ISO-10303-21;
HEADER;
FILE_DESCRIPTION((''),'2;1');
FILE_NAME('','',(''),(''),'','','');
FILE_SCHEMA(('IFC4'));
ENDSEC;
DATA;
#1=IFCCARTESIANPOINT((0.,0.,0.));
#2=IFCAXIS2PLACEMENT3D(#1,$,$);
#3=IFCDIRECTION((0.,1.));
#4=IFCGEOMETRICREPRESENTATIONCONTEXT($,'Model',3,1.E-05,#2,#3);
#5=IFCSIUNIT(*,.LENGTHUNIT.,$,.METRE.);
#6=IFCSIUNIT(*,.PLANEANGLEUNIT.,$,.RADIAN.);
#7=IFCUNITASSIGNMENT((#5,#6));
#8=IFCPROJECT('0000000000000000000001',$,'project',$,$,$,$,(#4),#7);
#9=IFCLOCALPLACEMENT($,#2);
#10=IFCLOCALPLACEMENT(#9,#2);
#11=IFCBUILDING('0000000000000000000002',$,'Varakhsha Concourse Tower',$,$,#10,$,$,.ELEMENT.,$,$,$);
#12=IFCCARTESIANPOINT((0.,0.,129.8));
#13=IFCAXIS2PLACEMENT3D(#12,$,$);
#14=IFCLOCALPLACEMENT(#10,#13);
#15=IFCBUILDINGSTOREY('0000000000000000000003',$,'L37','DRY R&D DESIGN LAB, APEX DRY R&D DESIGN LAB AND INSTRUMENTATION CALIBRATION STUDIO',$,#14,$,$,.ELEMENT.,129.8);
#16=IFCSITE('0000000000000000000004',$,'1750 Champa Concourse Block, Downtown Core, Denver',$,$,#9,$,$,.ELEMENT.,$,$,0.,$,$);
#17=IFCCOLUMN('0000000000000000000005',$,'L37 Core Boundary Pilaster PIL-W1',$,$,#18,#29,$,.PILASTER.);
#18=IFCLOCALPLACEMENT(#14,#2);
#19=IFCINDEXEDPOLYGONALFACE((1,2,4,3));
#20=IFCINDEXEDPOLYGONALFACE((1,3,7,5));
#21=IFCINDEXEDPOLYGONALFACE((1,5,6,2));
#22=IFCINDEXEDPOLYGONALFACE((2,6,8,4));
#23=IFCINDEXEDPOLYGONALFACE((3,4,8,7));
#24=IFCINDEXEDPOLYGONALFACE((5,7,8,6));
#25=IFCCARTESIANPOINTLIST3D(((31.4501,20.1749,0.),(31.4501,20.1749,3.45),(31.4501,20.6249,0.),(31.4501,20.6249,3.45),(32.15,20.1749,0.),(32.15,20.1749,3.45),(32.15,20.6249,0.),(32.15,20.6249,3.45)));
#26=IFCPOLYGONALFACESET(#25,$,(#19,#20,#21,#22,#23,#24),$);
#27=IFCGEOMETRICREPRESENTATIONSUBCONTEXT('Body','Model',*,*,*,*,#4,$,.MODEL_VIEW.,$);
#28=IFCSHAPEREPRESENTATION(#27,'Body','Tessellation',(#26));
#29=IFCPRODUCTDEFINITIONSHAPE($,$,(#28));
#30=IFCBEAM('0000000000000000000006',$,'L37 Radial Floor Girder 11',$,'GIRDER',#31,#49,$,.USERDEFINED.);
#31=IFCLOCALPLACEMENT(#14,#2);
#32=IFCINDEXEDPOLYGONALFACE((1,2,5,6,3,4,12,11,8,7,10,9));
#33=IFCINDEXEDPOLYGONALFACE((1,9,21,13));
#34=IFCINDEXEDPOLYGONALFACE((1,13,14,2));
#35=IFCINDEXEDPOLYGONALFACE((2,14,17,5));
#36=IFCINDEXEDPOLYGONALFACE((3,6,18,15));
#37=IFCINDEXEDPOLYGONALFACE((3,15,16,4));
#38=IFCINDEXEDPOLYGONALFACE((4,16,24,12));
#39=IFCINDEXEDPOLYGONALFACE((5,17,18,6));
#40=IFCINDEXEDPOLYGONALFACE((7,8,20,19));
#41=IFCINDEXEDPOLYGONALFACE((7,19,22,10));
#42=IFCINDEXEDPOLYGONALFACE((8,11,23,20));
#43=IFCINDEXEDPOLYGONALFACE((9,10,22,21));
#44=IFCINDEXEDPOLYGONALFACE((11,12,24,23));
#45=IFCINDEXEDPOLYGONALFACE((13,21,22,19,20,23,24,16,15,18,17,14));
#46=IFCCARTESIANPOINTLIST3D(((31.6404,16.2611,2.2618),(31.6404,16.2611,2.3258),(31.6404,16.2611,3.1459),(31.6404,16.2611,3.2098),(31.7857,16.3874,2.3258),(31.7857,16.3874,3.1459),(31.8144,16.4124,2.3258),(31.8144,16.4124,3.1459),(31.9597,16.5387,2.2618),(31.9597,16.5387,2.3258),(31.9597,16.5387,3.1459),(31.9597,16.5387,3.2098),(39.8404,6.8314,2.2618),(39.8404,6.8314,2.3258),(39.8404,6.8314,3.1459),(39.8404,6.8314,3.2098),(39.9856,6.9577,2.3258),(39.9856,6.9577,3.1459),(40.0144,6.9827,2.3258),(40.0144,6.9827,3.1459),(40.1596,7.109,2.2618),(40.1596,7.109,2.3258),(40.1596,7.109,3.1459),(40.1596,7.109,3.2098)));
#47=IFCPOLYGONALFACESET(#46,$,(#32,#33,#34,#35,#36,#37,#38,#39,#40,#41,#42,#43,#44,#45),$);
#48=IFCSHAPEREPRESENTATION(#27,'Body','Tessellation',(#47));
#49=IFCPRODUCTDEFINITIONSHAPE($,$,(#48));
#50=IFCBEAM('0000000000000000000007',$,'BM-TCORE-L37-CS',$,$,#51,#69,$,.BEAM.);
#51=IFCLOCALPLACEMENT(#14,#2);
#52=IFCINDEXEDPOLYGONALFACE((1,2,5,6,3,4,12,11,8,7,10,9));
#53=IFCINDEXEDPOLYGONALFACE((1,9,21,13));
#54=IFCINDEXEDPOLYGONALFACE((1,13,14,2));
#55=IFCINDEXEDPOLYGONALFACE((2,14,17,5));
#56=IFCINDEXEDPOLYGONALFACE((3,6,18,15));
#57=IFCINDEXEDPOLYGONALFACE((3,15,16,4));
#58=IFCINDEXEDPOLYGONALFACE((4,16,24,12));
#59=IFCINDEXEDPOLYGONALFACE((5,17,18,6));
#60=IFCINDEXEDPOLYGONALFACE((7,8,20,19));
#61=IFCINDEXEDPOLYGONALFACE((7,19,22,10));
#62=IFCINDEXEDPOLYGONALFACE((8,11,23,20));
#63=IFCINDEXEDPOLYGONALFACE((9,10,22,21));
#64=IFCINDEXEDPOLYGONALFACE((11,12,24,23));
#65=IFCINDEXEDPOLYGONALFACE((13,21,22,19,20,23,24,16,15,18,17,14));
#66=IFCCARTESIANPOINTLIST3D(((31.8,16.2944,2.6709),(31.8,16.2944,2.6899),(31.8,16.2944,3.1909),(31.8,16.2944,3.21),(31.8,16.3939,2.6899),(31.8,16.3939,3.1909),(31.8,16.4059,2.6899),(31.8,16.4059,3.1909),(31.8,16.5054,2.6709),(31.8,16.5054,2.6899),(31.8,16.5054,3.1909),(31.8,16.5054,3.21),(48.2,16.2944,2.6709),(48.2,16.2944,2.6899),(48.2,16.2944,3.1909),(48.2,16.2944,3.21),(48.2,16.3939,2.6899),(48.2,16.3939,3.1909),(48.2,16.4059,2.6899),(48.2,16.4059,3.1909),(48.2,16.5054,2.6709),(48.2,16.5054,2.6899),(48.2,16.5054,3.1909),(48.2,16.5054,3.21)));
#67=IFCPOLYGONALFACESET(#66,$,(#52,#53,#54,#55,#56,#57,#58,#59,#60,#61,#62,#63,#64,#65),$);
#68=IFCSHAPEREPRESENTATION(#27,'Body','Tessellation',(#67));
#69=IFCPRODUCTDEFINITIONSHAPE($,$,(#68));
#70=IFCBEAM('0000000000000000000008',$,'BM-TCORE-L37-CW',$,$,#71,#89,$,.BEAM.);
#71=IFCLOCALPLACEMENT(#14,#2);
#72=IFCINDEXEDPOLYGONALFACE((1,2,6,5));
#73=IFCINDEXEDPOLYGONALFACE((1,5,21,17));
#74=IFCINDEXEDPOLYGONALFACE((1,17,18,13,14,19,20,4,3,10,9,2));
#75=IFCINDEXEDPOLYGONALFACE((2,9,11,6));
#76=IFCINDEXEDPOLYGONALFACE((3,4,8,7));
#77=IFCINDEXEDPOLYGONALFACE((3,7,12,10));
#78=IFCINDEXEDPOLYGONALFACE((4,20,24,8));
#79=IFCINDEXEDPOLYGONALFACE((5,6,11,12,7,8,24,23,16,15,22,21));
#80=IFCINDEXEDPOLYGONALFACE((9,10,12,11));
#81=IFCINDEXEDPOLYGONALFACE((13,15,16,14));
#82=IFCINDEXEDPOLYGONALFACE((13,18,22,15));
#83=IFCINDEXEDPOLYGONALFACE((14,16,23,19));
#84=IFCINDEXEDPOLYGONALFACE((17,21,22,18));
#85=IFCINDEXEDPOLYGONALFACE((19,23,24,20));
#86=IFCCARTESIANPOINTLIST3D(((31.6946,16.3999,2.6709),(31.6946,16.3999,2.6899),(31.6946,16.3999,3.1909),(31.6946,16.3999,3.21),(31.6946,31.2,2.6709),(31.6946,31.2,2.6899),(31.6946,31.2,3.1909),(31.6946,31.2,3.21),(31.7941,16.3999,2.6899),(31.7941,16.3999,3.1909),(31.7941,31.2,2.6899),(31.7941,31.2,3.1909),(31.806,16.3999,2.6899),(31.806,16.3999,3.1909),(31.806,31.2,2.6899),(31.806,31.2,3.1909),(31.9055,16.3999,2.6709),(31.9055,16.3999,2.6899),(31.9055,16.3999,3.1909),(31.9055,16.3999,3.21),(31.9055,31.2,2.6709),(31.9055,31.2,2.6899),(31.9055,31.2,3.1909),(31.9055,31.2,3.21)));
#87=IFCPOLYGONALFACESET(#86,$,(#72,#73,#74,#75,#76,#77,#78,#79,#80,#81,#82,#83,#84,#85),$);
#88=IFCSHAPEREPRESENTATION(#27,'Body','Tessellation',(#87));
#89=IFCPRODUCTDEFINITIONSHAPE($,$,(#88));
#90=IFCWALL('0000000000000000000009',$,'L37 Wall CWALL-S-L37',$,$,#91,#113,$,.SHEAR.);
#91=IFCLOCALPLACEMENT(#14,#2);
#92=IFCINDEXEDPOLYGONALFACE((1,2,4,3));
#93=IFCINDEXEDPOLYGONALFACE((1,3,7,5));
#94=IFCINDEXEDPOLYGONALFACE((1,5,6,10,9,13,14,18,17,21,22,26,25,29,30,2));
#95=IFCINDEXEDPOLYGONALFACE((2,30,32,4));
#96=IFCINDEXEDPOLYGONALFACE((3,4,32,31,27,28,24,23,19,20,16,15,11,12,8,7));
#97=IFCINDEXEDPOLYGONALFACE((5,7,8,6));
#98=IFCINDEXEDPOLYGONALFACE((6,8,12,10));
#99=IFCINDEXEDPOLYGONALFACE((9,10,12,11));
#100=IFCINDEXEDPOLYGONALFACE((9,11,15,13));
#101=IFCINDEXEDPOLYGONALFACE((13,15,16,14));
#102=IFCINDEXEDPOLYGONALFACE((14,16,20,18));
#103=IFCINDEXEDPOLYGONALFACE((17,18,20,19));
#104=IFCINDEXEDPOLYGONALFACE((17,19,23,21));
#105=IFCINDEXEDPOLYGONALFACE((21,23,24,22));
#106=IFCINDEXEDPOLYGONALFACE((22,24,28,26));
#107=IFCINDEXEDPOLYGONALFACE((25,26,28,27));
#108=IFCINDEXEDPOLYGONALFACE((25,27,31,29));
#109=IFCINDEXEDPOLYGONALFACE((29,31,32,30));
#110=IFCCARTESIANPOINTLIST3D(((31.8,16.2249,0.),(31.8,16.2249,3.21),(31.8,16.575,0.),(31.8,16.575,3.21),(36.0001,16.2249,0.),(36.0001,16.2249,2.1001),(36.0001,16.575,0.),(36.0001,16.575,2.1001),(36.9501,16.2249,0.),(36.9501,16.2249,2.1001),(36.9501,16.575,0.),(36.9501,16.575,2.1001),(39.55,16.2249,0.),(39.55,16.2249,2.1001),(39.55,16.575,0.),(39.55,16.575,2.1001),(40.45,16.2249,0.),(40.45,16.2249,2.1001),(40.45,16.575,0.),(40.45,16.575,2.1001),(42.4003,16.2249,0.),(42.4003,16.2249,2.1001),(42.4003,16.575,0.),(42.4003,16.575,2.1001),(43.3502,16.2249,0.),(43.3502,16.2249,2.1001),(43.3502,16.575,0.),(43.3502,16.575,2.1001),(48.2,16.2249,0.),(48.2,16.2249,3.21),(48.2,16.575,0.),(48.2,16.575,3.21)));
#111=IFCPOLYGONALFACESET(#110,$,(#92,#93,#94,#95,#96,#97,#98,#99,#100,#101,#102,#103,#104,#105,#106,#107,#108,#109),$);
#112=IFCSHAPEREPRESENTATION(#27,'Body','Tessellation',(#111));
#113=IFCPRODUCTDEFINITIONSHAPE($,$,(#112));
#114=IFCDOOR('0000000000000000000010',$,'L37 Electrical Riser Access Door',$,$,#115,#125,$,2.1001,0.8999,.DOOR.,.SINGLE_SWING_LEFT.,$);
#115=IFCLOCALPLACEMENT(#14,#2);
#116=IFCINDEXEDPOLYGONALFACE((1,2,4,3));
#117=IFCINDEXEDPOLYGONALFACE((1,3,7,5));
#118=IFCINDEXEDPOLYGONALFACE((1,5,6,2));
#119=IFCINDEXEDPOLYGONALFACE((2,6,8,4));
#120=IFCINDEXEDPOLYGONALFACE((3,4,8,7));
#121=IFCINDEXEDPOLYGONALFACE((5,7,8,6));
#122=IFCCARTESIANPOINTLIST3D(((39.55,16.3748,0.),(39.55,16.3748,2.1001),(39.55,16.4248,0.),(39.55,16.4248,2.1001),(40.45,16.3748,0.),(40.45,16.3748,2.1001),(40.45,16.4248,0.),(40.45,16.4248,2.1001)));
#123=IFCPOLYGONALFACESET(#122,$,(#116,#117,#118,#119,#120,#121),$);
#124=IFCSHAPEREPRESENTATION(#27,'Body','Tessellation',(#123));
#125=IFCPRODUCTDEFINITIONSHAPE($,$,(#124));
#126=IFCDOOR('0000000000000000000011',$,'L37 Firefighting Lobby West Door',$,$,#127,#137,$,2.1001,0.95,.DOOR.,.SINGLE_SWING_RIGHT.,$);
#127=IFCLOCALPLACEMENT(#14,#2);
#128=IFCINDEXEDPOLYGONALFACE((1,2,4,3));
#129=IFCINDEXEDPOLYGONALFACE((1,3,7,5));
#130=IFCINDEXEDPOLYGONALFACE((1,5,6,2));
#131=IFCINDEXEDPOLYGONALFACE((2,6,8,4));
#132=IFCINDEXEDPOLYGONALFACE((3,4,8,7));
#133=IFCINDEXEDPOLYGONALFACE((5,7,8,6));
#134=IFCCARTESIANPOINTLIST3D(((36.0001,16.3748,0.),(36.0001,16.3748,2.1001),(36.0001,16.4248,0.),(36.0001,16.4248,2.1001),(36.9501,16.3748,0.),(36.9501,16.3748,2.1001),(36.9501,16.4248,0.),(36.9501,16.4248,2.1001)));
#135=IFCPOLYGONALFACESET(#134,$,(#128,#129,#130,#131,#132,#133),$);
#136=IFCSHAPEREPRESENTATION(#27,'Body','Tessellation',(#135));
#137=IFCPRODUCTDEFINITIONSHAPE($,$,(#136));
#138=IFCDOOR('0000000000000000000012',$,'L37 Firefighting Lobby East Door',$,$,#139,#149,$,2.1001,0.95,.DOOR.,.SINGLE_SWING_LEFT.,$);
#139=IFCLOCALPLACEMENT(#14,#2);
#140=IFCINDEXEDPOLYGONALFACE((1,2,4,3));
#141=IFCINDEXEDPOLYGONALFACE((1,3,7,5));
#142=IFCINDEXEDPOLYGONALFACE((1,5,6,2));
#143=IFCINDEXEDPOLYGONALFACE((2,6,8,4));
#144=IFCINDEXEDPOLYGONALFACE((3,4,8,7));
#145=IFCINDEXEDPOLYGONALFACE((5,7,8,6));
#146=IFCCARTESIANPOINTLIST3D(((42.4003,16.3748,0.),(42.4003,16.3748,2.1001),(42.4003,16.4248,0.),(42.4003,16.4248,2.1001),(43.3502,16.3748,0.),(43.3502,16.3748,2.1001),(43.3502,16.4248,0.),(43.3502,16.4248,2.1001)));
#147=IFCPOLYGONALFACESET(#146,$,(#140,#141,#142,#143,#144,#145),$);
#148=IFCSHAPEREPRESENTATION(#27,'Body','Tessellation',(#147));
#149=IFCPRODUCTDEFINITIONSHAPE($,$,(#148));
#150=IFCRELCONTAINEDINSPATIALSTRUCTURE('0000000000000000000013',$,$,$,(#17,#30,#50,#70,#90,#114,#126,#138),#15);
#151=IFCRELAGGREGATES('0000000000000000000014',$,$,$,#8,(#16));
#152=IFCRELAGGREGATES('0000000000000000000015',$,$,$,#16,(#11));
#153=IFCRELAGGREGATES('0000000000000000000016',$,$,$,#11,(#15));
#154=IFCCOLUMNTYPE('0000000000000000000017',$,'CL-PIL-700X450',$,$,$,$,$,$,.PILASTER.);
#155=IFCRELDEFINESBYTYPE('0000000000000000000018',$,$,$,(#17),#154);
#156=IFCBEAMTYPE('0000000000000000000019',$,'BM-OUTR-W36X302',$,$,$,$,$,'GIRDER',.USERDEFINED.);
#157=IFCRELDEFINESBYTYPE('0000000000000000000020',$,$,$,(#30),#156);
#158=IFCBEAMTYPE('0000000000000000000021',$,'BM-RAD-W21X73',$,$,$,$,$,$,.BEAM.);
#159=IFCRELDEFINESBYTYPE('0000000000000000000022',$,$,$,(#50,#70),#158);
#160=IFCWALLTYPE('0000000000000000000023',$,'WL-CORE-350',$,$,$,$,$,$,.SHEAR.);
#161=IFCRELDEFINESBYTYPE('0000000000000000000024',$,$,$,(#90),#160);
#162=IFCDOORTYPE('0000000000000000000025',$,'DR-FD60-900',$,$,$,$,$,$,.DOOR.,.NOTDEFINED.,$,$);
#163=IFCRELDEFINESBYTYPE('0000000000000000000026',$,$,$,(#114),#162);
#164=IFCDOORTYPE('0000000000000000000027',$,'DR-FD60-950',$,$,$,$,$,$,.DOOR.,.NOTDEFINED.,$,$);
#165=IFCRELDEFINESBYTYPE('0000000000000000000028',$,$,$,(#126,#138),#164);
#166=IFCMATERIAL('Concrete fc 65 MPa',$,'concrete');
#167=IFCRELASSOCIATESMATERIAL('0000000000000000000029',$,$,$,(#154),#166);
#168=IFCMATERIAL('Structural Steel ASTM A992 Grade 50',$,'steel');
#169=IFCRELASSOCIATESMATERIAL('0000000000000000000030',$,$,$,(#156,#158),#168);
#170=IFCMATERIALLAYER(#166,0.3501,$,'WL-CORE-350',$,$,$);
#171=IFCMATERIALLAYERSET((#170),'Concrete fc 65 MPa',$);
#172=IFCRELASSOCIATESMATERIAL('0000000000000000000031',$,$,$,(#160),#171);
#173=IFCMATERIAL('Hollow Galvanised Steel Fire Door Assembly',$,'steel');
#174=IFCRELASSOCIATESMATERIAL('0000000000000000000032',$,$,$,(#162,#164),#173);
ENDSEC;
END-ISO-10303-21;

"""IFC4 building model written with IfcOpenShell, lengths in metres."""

from ifc_helpers import new_model, si_unit, direction, frame, frame_2d, origin, origin_2d, place, context, subcontext, project, spatial, rectangle, i_section, extrude, material, layer, layer_set, material_profile, profile_set, type_object, element, fill, save


model = new_model("IFC4")

# Units and contexts
model_context = context("Model", 3, precision=1e-05, world=origin(), true_north=direction((0.0, 1.0)))
body_context = subcontext(model_context, "Body", "Model", "MODEL_VIEW")
ifc_project = project(units=[si_unit("LENGTHUNIT", "METRE"), si_unit("PLANEANGLEUNIT", "RADIAN")], contexts=[model_context])

# Site, building, storey
site_placement = place(None, origin())
site = spatial("IfcSite", under=ifc_project, at=site_placement, Name="1750 Champa Concourse Block, Downtown Core, Denver", CompositionType="ELEMENT", RefElevation=0.0)
building_placement = place(site_placement, origin())
building = spatial("IfcBuilding", under=site, at=building_placement, Name="Varakhsha Concourse Tower", CompositionType="ELEMENT")
storey_placement = place(building_placement, frame((0.0, 0.0, 129.8)))
storey = spatial("IfcBuildingStorey", under=building, at=storey_placement, Name="L37", Description="DRY R&D DESIGN LAB, APEX DRY R&D DESIGN LAB AND INSTRUMENTATION CALIBRATION STUDIO", CompositionType="ELEMENT", Elevation=129.8)

# Column
ifc_material_1 = material(Name="Concrete fc 65 MPa", Category="concrete")
ifc_material_profile_1 = material_profile(ifc_material_1, rectangle(XDim=0.7, YDim=0.45, at=origin_2d()), Name="RC 700x450")
ifc_profile_set_1 = profile_set([ifc_material_profile_1], Name="Concrete fc 65 MPa")
column_type = type_object("IfcColumnType", Name="CL-PIL-700X450", PredefinedType="PILASTER", material=ifc_profile_set_1)
column_placement = place(storey_placement, frame((31.8, 20.3999, 0.0), z_axis=(0.0, 0.0, 1.0), x_axis=(1.0, 0.0, 0.0)))
element("IfcColumn", 1, at=column_placement, inside=storey, type_object=column_type, Name="L37 Core Boundary Pilaster PIL-W1", PredefinedType="PILASTER", context=body_context, shape_type="SweptSolid", body=[
    extrude(rectangle(XDim=0.7, YDim=0.45, at=origin_2d()), origin(), (0.0, 0.0, 1.0), 3.45),
])

# Beams
ifc_material_2 = material(Name="Structural Steel ASTM A992 Grade 50", Category="steel")
ifc_material_profile_2 = material_profile(ifc_material_2, i_section(OverallWidth=0.4231, OverallDepth=0.948, WebThickness=0.0381, FlangeThickness=0.064, at=origin_2d()), Name="W36X302")
ifc_profile_set_2 = profile_set([ifc_material_profile_2], Name="Structural Steel ASTM A992 Grade 50")
beam_type_1 = type_object("IfcBeamType", Name="BM-OUTR-W36X302", ElementType="GIRDER", PredefinedType="USERDEFINED", material=ifc_profile_set_2)
beam_1_placement = place(storey_placement, frame((31.8, 16.3999, 2.7358), z_axis=(0.656189, -0.754597, 0.0), x_axis=(0.754597, 0.656189, 0.0)))
element("IfcBeam", 2, at=beam_1_placement, inside=storey, type_object=beam_type_1, Name="L37 Radial Floor Girder 11", ObjectType="GIRDER", PredefinedType="USERDEFINED", context=body_context, shape_type="SweptSolid", body=[
    extrude(i_section(OverallWidth=0.4231, OverallDepth=0.948, WebThickness=0.0381, FlangeThickness=0.064, at=origin_2d()), origin(), (0.0, 0.0, 1.0), 12.4963),
])
ifc_material_profile_3 = material_profile(ifc_material_2, i_section(OverallWidth=0.2109, OverallDepth=0.5391, WebThickness=0.012, FlangeThickness=0.019, at=origin_2d()), Name="W21X73")
ifc_profile_set_3 = profile_set([ifc_material_profile_3], Name="Structural Steel ASTM A992 Grade 50")
beam_type_2 = type_object("IfcBeamType", Name="BM-RAD-W21X73", PredefinedType="BEAM", material=ifc_profile_set_3)
beam_2_placement = place(storey_placement, frame((31.8, 16.3999, 2.9404), z_axis=(1.0, 0.0, 0.0), x_axis=(0.0, 1.0, 0.0)))
element("IfcBeam", 3, at=beam_2_placement, inside=storey, type_object=beam_type_2, Name="BM-TCORE-L37-CS", PredefinedType="BEAM", context=body_context, shape_type="SweptSolid", body=[
    extrude(i_section(OverallWidth=0.2109, OverallDepth=0.5391, WebThickness=0.012, FlangeThickness=0.019, at=origin_2d()), origin(), (0.0, 0.0, 1.0), 16.3999),
])
beam_3_placement = place(storey_placement, frame((31.8, 16.3999, 2.9404), z_axis=(0.0, 1.0, 0.0), x_axis=(-1.0, 0.0, 0.0)))
element("IfcBeam", 4, at=beam_3_placement, inside=storey, type_object=beam_type_2, Name="BM-TCORE-L37-CW", PredefinedType="BEAM", context=body_context, shape_type="SweptSolid", body=[
    extrude(i_section(OverallWidth=0.2109, OverallDepth=0.5391, WebThickness=0.012, FlangeThickness=0.019, at=origin_2d()), origin(), (0.0, 0.0, 1.0), 14.8),
])

# Wall, openings, doors
ifc_layer_1 = layer(ifc_material_1, 0.3501, Name="WL-CORE-350")
ifc_layer_set_1 = layer_set([ifc_layer_1], Name="Concrete fc 65 MPa")
wall_type_1 = type_object("IfcWallType", Name="WL-CORE-350", PredefinedType="SHEAR", material=ifc_layer_set_1)
wall_1_placement = place(storey_placement, frame((31.8, 16.3999, 0.0), z_axis=(0.0, 0.0, 1.0), x_axis=(1.0, 0.0, 0.0)))
wall_1 = element("IfcWall", 5, at=wall_1_placement, inside=storey, type_object=wall_type_1, Name="L37 Wall CWALL-S-L37", PredefinedType="SHEAR", context=body_context, shape_type="SweptSolid", body=[
    extrude(rectangle(XDim=16.3999, YDim=0.3501, at=frame_2d((8.2, 0.0))), origin(), (0.0, 0.0, 1.0), 3.21),
])
opening_1_placement = place(wall_1_placement, frame((7.75, 0.0, 0.0)))
opening_1 = element("IfcOpeningElement", 6, at=opening_1_placement, cuts=wall_1, PredefinedType="OPENING", context=body_context, shape_type="SweptSolid", body=[
    extrude(rectangle(XDim=0.8999, YDim=2.1001, at=frame_2d((0.45, 1.05))), frame((0.0, 0.1851, 0.0), z_axis=(0.0, -1.0, 0.0), x_axis=(1.0, 0.0, 0.0)), (0.0, 0.0, 1.0), 0.3701),
])
opening_2_placement = place(wall_1_placement, frame((4.2, 0.0, 0.0)))
opening_2 = element("IfcOpeningElement", 7, at=opening_2_placement, cuts=wall_1, PredefinedType="OPENING", context=body_context, shape_type="SweptSolid", body=[
    extrude(rectangle(XDim=0.95, YDim=2.1001, at=frame_2d((0.4751, 1.05))), frame((0.0, 0.1851, 0.0), z_axis=(0.0, -1.0, 0.0), x_axis=(1.0, 0.0, 0.0)), (0.0, 0.0, 1.0), 0.3701),
])
opening_3_placement = place(wall_1_placement, frame((10.6001, 0.0, 0.0)))
opening_3 = element("IfcOpeningElement", 8, at=opening_3_placement, cuts=wall_1, PredefinedType="OPENING", context=body_context, shape_type="SweptSolid", body=[
    extrude(rectangle(XDim=0.95, YDim=2.1001, at=frame_2d((0.4751, 1.05))), frame((0.0, 0.1851, 0.0), z_axis=(0.0, -1.0, 0.0), x_axis=(1.0, 0.0, 0.0)), (0.0, 0.0, 1.0), 0.3701),
])
ifc_material_3 = material(Name="Hollow Galvanised Steel Fire Door Assembly", Category="steel")
door_type_1 = type_object("IfcDoorType", Name="DR-FD60-900", OperationType="NOTDEFINED", PredefinedType="DOOR", material=ifc_material_3)
door_1_placement = place(opening_1_placement, origin())
door_1 = element("IfcDoor", 9, at=door_1_placement, inside=storey, type_object=door_type_1, Name="L37 Electrical Riser Access Door", OperationType="SINGLE_SWING_LEFT", OverallHeight=2.1001, OverallWidth=0.8999, PredefinedType="DOOR", context=body_context, shape_type="SweptSolid", body=[
    extrude(rectangle(XDim=0.8999, YDim=2.1001, at=frame_2d((0.45, 1.05))), frame((0.0, 0.0249, 0.0), z_axis=(0.0, -1.0, 0.0), x_axis=(1.0, 0.0, 0.0)), (0.0, 0.0, 1.0), 0.05),
])
fill(opening_1, door_1)
door_type_2 = type_object("IfcDoorType", Name="DR-FD60-950", OperationType="NOTDEFINED", PredefinedType="DOOR", material=ifc_material_3)
door_2_placement = place(opening_2_placement, origin())
door_2 = element("IfcDoor", 10, at=door_2_placement, inside=storey, type_object=door_type_2, Name="L37 Firefighting Lobby West Door", OperationType="SINGLE_SWING_RIGHT", OverallHeight=2.1001, OverallWidth=0.95, PredefinedType="DOOR", context=body_context, shape_type="SweptSolid", body=[
    extrude(rectangle(XDim=0.95, YDim=2.1001, at=frame_2d((0.4751, 1.05))), frame((0.0, 0.0249, 0.0), z_axis=(0.0, -1.0, 0.0), x_axis=(1.0, 0.0, 0.0)), (0.0, 0.0, 1.0), 0.05),
])
fill(opening_2, door_2)
door_3_placement = place(opening_3_placement, origin())
door_3 = element("IfcDoor", 11, at=door_3_placement, inside=storey, type_object=door_type_2, Name="L37 Firefighting Lobby East Door", OperationType="SINGLE_SWING_LEFT", OverallHeight=2.1001, OverallWidth=0.95, PredefinedType="DOOR", context=body_context, shape_type="SweptSolid", body=[
    extrude(rectangle(XDim=0.95, YDim=2.1001, at=frame_2d((0.4751, 1.05))), frame((0.0, 0.0249, 0.0), z_axis=(0.0, -1.0, 0.0), x_axis=(1.0, 0.0, 0.0)), (0.0, 0.0, 1.0), 0.05),
])
fill(opening_3, door_3)

save(model, "model.ifc")
